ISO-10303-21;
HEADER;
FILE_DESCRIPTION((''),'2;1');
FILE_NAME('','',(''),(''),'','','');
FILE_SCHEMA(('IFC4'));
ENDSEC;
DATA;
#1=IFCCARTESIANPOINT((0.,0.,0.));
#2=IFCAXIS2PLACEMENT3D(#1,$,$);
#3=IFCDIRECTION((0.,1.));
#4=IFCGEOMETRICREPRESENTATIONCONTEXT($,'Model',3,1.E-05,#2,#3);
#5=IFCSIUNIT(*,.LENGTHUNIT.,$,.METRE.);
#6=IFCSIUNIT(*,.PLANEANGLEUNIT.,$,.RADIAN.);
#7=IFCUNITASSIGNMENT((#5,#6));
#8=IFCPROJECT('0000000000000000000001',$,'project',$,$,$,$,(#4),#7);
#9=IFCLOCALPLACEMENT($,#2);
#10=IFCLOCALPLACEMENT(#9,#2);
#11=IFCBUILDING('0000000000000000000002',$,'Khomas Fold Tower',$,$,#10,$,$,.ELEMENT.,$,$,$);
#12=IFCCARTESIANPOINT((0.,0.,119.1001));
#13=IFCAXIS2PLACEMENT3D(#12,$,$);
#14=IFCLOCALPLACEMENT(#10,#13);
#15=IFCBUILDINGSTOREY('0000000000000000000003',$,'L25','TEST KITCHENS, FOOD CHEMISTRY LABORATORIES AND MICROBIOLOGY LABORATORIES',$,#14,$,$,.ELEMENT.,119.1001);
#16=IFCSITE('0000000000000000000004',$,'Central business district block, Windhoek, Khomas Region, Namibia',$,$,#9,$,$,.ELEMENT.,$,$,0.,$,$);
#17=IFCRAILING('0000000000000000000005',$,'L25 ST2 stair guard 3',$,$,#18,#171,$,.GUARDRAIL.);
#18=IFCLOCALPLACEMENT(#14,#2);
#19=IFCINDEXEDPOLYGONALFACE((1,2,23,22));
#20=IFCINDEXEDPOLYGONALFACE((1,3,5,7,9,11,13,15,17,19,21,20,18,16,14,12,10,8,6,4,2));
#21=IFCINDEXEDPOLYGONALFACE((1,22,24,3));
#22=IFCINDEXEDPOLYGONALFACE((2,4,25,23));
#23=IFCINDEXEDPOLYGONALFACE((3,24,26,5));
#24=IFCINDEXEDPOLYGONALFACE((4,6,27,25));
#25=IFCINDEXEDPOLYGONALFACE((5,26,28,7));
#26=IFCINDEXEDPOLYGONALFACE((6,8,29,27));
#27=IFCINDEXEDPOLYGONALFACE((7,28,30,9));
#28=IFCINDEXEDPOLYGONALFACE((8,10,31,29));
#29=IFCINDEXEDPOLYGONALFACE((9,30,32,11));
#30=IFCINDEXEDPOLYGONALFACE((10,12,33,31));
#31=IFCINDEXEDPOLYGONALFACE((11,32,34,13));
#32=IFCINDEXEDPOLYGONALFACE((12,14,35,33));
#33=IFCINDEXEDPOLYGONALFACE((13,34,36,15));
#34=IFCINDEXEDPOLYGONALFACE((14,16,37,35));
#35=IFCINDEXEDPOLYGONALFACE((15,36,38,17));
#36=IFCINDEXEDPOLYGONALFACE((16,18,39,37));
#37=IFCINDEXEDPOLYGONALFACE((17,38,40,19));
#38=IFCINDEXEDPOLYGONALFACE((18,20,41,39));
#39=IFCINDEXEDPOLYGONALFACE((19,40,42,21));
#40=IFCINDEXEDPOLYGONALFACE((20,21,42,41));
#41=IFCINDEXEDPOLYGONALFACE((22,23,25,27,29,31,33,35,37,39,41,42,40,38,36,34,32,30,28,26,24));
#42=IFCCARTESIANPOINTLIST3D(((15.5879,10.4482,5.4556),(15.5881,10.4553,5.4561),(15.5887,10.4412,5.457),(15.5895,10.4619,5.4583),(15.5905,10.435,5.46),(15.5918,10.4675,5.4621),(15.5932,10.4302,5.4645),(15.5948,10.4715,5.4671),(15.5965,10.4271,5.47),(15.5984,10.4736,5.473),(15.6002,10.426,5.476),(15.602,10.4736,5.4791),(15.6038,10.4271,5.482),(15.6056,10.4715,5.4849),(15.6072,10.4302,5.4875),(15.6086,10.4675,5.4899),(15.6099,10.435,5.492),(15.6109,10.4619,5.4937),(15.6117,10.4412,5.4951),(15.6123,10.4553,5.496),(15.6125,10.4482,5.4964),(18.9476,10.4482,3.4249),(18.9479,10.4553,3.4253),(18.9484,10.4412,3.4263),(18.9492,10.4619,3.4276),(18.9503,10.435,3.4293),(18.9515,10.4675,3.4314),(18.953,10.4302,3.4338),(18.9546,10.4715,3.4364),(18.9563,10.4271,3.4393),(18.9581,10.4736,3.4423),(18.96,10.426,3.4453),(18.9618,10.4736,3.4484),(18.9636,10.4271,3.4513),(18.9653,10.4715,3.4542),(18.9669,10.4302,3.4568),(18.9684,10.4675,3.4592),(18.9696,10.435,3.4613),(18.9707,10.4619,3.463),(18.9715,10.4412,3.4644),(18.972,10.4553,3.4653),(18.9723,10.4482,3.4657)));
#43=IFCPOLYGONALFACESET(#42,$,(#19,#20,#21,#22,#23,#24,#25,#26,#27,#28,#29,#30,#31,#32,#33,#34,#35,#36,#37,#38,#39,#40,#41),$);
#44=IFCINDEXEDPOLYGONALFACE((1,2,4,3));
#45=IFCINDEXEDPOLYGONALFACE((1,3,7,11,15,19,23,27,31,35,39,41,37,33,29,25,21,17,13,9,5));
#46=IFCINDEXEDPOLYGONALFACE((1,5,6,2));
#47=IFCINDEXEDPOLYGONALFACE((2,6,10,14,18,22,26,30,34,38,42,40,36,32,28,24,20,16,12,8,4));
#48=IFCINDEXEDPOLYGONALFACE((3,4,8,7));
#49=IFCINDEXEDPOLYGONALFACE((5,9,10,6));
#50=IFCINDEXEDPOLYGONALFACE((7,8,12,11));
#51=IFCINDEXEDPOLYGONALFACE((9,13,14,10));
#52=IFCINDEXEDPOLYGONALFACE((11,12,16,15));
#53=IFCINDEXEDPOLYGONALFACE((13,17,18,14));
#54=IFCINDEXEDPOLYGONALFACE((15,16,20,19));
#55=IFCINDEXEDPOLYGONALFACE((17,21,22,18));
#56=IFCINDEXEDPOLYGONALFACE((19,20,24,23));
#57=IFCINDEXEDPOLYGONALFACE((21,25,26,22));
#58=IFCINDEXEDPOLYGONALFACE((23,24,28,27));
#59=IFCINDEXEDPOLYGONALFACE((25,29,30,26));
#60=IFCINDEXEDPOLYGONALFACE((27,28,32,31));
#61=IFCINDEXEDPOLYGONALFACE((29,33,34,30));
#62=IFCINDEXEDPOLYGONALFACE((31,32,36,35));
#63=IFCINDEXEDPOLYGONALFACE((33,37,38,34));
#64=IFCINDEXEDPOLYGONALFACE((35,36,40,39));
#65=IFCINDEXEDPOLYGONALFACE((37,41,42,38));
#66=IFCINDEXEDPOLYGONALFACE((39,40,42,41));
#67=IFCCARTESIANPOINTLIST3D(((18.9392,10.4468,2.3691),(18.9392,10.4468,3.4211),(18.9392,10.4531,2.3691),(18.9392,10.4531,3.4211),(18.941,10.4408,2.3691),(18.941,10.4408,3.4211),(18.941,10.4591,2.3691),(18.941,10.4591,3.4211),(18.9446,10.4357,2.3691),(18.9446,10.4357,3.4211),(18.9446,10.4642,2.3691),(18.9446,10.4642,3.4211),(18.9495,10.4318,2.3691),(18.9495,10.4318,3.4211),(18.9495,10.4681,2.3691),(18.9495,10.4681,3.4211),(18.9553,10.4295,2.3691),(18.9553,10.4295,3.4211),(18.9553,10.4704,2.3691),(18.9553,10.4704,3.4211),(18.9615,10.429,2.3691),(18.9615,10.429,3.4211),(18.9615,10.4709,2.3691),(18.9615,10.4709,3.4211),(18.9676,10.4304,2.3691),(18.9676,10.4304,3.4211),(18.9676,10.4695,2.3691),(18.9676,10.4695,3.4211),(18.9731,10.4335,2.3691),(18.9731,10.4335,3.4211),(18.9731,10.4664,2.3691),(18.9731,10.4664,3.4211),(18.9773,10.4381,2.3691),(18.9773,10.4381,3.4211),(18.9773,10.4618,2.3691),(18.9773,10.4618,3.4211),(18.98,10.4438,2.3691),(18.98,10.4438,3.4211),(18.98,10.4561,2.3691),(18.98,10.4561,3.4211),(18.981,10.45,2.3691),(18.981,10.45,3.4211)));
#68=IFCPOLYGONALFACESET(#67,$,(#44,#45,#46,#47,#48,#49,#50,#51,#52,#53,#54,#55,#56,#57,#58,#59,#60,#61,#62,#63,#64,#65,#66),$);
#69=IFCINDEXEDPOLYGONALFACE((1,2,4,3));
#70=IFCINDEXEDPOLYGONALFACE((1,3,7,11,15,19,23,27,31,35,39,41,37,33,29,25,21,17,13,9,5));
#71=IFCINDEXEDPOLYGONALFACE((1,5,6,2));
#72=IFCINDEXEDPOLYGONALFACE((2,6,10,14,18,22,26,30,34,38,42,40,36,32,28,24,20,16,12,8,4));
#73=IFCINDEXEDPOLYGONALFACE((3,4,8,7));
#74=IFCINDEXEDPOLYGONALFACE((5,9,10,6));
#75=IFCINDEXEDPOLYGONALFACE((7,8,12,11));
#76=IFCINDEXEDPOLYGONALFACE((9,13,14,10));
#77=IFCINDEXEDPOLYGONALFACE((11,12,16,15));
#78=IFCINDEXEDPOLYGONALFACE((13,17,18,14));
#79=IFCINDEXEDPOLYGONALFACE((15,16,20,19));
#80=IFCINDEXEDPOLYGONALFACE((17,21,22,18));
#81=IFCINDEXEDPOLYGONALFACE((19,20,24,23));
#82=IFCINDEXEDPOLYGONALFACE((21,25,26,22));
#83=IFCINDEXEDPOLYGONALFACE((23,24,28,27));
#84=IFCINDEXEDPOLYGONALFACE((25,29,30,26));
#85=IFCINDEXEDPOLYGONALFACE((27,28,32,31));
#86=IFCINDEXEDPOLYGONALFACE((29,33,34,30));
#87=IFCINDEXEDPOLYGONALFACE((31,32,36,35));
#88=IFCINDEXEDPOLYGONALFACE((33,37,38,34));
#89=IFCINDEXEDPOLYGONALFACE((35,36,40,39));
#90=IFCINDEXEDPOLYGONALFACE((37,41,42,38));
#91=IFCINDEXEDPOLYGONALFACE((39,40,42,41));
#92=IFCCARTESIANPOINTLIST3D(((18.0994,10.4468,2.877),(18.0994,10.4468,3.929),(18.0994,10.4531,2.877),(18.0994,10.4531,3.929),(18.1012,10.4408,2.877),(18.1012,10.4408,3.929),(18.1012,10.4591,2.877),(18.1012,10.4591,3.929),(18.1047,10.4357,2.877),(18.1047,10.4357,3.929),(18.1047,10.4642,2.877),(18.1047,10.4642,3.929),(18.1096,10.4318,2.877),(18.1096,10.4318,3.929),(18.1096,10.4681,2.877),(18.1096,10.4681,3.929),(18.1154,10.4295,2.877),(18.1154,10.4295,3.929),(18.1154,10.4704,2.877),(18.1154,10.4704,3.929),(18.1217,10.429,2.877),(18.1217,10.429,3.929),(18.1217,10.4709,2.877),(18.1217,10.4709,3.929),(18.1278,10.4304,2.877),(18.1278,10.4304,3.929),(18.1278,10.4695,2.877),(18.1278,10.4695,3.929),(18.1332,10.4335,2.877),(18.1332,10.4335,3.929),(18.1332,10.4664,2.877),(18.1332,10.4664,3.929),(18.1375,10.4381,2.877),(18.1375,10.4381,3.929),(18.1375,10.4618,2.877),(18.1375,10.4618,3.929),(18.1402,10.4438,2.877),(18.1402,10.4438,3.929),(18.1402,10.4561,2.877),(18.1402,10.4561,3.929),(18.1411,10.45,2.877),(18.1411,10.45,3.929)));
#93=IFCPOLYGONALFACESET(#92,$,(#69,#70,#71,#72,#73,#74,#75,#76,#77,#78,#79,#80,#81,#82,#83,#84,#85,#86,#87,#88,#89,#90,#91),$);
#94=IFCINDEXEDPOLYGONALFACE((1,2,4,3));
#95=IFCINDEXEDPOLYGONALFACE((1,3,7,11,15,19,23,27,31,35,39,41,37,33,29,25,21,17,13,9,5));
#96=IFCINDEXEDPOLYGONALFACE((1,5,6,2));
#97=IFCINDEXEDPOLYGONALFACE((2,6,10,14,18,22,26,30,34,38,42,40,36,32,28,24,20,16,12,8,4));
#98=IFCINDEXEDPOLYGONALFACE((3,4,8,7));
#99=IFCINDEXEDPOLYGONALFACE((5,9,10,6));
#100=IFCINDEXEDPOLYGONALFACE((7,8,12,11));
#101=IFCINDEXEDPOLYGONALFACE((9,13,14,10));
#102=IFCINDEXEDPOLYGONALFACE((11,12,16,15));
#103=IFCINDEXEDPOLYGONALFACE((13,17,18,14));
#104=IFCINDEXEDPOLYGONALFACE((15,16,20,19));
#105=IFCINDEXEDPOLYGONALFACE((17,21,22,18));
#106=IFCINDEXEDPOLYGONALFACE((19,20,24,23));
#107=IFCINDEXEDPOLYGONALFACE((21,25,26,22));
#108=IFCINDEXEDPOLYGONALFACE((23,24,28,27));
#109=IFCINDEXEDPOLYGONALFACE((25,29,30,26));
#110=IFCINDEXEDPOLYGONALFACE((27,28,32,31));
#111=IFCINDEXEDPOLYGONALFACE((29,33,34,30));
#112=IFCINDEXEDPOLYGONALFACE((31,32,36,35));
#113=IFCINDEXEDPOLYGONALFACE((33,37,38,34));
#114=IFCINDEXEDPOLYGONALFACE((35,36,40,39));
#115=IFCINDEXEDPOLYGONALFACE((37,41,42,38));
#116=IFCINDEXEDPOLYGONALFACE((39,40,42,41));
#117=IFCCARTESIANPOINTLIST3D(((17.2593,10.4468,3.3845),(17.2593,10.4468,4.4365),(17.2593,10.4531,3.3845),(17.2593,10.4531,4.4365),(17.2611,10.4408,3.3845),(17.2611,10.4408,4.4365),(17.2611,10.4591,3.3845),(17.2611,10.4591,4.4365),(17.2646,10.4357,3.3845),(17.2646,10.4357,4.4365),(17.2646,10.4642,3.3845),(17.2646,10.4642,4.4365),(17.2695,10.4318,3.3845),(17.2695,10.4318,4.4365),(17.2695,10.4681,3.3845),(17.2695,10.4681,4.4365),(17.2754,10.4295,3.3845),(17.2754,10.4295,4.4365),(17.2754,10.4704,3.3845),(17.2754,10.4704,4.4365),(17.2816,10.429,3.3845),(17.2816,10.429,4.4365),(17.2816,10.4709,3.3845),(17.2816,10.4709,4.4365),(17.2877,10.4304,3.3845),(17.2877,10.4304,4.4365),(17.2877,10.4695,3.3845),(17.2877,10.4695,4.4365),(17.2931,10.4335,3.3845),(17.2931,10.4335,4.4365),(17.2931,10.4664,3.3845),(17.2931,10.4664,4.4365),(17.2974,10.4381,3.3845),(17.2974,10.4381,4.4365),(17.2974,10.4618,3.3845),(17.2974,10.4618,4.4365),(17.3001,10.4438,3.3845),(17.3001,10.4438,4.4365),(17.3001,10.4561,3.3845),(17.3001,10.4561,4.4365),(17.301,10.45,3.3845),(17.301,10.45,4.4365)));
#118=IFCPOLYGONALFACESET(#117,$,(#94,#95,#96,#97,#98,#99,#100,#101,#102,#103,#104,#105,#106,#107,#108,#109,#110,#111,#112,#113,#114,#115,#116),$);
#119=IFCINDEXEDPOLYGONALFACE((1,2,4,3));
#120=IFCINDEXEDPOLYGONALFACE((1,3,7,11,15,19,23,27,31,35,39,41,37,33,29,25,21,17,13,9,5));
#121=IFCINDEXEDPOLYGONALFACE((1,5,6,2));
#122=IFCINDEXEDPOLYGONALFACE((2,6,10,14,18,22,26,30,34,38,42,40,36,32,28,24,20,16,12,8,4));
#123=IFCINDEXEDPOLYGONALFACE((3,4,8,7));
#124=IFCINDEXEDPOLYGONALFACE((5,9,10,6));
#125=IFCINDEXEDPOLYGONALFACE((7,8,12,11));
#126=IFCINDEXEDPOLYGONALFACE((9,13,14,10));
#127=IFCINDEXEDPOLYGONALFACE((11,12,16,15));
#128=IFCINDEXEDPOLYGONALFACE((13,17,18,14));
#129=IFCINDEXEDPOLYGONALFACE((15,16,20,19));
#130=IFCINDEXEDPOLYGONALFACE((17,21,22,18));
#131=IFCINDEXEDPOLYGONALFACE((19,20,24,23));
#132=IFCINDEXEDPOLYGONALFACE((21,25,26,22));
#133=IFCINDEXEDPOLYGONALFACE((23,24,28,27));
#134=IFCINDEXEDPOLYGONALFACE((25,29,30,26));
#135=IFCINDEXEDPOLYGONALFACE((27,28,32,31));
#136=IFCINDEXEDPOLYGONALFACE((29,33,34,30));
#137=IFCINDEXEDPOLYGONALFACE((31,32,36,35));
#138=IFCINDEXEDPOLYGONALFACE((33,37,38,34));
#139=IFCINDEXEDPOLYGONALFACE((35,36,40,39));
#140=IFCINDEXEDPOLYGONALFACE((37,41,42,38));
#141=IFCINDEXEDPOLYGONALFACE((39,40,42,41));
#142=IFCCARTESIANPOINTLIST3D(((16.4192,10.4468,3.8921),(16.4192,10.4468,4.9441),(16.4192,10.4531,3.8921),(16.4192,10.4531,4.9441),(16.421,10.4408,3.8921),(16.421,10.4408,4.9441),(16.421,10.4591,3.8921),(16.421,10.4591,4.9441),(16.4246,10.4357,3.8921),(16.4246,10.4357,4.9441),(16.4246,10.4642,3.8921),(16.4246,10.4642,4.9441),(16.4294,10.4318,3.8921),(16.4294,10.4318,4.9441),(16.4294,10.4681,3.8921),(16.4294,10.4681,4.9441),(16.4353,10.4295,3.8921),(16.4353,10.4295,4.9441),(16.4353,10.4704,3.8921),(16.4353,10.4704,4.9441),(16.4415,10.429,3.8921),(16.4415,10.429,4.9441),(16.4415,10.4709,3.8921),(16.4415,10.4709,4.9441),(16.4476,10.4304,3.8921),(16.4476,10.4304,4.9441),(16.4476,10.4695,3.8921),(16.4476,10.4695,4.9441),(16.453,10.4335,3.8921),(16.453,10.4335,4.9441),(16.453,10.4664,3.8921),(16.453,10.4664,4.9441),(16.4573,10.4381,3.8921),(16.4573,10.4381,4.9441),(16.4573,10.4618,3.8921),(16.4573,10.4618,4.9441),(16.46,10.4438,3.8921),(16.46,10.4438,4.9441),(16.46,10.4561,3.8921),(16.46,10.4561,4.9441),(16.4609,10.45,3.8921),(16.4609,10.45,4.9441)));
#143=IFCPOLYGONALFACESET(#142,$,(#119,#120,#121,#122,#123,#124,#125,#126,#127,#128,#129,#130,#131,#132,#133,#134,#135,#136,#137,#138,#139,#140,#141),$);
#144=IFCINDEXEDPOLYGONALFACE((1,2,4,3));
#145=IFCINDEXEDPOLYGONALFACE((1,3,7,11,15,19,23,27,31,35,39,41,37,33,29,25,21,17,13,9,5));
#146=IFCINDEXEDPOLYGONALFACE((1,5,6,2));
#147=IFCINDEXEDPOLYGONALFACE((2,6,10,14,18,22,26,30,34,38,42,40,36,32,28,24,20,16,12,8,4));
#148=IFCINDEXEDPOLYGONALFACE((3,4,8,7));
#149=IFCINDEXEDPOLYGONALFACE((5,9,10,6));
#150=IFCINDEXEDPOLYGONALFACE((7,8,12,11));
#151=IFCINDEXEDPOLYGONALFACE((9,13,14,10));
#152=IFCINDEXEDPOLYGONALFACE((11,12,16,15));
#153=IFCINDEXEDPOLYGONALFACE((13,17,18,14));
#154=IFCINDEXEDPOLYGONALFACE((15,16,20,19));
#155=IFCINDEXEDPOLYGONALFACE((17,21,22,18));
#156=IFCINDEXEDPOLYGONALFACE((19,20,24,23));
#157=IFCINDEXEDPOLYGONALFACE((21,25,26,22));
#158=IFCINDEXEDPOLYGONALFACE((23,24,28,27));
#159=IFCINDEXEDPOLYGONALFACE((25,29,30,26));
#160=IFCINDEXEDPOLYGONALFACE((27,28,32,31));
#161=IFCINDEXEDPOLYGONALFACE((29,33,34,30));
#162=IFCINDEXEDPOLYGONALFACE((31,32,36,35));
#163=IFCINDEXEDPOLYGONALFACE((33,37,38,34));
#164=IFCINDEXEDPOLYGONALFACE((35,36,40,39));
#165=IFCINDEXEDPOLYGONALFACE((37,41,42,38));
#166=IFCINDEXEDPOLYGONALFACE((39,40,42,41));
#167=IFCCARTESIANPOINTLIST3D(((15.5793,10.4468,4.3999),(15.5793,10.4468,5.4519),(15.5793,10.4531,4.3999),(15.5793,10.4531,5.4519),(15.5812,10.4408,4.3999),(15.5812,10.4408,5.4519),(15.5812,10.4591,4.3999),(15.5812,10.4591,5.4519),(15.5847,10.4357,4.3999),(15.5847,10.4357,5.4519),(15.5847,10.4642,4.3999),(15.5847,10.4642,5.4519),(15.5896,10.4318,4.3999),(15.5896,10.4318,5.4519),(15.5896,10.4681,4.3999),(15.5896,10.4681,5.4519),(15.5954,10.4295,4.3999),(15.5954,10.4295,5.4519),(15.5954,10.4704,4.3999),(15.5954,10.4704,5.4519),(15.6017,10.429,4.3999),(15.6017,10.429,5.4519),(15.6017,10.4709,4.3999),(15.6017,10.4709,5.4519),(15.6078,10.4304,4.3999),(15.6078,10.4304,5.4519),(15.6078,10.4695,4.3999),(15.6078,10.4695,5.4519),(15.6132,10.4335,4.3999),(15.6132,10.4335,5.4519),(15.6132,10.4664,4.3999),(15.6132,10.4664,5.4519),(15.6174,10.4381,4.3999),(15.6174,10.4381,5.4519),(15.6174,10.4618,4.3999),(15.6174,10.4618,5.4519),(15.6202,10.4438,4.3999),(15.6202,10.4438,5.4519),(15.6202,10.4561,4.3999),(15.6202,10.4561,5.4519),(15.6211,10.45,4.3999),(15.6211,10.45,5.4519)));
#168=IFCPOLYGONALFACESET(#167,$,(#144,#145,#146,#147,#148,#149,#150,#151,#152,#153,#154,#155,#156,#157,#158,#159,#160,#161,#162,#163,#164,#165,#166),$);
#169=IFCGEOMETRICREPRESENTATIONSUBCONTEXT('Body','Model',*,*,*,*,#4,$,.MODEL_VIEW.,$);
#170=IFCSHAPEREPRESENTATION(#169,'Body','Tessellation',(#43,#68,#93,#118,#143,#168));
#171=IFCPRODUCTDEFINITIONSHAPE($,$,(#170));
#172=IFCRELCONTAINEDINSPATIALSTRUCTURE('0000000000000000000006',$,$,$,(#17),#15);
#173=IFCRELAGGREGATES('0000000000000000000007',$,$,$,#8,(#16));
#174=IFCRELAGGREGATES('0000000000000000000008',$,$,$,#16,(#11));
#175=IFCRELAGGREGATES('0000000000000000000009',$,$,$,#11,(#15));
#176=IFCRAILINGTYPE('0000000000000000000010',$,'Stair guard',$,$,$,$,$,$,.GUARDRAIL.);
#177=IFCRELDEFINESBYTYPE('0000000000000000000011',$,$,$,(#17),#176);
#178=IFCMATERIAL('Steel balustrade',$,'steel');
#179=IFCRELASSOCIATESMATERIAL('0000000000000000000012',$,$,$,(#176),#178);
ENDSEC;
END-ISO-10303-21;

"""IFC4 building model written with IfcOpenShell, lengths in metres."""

from ifc_helpers import new_model, si_unit, direction, frame, origin, origin_2d, place, context, subcontext, project, spatial, circle, extrude, source, transform, mapped, material, type_object, element, save


model = new_model("IFC4")

# Units and contexts
model_context = context("Model", 3, precision=1e-05, world=origin(), true_north=direction((0.0, 1.0)))
body_context = subcontext(model_context, "Body", "Model", "MODEL_VIEW")
ifc_project = project(units=[si_unit("LENGTHUNIT", "METRE"), si_unit("PLANEANGLEUNIT", "RADIAN")], contexts=[model_context])

# Site, building, storey
site_placement = place(None, origin())
site = spatial("IfcSite", under=ifc_project, at=site_placement, Name="Central business district block, Windhoek, Khomas Region, Namibia", CompositionType="ELEMENT", RefElevation=0.0)
building_placement = place(site_placement, origin())
building = spatial("IfcBuilding", under=site, at=building_placement, Name="Khomas Fold Tower", CompositionType="ELEMENT")
storey_placement = place(building_placement, frame((0.0, 0.0, 119.1001)))
storey = spatial("IfcBuildingStorey", under=building, at=storey_placement, Name="L25", Description="TEST KITCHENS, FOOD CHEMISTRY LABORATORIES AND MICROBIOLOGY LABORATORIES", CompositionType="ELEMENT", Elevation=119.1001)

# Railing
ifc_material_1 = material(Name="Steel balustrade", Category="steel")
railing_type_1 = type_object("IfcRailingType", Name="Stair guard", PredefinedType="GUARDRAIL", material=ifc_material_1)
shared_shape_1 = source(origin(), body_context, "Body", "SweptSolid", [
    extrude(circle(Radius=0.0239, at=origin_2d()), frame((0.0, 0.0, 1.0762), z_axis=(-0.85582, 0.0, 0.517273), x_axis=(0.0, -1.0, 0.0)), (0.0, 0.0, 1.0), 3.9258),
    extrude(circle(Radius=0.021, at=origin_2d()), origin(), (0.0, 0.0, 1.0), 1.052),
    extrude(circle(Radius=0.021, at=origin_2d()), frame((-0.8398, 0.0, 0.5078)), (0.0, 0.0, 1.0), 1.052),
    extrude(circle(Radius=0.021, at=origin_2d()), frame((-1.6799, 0.0, 1.0154)), (0.0, 0.0, 1.0), 1.052),
    extrude(circle(Radius=0.021, at=origin_2d()), frame((-2.52, 0.0, 1.5229)), (0.0, 0.0, 1.0), 1.052),
    extrude(circle(Radius=0.021, at=origin_2d()), frame((-3.3599, 0.0, 2.0308)), (0.0, 0.0, 1.0), 1.052),
])
railing_1_placement = place(storey_placement, frame((18.96, 10.45, 2.3691)))
element("IfcRailing", 1, at=railing_1_placement, inside=storey, type_object=railing_type_1, Name="L25 ST2 stair guard 3", PredefinedType="GUARDRAIL", context=body_context, shape_type="MappedRepresentation", body=[
    mapped(shared_shape_1, transform((0.0, 0.0, 0.0))),
])

save(model, "model.ifc")
